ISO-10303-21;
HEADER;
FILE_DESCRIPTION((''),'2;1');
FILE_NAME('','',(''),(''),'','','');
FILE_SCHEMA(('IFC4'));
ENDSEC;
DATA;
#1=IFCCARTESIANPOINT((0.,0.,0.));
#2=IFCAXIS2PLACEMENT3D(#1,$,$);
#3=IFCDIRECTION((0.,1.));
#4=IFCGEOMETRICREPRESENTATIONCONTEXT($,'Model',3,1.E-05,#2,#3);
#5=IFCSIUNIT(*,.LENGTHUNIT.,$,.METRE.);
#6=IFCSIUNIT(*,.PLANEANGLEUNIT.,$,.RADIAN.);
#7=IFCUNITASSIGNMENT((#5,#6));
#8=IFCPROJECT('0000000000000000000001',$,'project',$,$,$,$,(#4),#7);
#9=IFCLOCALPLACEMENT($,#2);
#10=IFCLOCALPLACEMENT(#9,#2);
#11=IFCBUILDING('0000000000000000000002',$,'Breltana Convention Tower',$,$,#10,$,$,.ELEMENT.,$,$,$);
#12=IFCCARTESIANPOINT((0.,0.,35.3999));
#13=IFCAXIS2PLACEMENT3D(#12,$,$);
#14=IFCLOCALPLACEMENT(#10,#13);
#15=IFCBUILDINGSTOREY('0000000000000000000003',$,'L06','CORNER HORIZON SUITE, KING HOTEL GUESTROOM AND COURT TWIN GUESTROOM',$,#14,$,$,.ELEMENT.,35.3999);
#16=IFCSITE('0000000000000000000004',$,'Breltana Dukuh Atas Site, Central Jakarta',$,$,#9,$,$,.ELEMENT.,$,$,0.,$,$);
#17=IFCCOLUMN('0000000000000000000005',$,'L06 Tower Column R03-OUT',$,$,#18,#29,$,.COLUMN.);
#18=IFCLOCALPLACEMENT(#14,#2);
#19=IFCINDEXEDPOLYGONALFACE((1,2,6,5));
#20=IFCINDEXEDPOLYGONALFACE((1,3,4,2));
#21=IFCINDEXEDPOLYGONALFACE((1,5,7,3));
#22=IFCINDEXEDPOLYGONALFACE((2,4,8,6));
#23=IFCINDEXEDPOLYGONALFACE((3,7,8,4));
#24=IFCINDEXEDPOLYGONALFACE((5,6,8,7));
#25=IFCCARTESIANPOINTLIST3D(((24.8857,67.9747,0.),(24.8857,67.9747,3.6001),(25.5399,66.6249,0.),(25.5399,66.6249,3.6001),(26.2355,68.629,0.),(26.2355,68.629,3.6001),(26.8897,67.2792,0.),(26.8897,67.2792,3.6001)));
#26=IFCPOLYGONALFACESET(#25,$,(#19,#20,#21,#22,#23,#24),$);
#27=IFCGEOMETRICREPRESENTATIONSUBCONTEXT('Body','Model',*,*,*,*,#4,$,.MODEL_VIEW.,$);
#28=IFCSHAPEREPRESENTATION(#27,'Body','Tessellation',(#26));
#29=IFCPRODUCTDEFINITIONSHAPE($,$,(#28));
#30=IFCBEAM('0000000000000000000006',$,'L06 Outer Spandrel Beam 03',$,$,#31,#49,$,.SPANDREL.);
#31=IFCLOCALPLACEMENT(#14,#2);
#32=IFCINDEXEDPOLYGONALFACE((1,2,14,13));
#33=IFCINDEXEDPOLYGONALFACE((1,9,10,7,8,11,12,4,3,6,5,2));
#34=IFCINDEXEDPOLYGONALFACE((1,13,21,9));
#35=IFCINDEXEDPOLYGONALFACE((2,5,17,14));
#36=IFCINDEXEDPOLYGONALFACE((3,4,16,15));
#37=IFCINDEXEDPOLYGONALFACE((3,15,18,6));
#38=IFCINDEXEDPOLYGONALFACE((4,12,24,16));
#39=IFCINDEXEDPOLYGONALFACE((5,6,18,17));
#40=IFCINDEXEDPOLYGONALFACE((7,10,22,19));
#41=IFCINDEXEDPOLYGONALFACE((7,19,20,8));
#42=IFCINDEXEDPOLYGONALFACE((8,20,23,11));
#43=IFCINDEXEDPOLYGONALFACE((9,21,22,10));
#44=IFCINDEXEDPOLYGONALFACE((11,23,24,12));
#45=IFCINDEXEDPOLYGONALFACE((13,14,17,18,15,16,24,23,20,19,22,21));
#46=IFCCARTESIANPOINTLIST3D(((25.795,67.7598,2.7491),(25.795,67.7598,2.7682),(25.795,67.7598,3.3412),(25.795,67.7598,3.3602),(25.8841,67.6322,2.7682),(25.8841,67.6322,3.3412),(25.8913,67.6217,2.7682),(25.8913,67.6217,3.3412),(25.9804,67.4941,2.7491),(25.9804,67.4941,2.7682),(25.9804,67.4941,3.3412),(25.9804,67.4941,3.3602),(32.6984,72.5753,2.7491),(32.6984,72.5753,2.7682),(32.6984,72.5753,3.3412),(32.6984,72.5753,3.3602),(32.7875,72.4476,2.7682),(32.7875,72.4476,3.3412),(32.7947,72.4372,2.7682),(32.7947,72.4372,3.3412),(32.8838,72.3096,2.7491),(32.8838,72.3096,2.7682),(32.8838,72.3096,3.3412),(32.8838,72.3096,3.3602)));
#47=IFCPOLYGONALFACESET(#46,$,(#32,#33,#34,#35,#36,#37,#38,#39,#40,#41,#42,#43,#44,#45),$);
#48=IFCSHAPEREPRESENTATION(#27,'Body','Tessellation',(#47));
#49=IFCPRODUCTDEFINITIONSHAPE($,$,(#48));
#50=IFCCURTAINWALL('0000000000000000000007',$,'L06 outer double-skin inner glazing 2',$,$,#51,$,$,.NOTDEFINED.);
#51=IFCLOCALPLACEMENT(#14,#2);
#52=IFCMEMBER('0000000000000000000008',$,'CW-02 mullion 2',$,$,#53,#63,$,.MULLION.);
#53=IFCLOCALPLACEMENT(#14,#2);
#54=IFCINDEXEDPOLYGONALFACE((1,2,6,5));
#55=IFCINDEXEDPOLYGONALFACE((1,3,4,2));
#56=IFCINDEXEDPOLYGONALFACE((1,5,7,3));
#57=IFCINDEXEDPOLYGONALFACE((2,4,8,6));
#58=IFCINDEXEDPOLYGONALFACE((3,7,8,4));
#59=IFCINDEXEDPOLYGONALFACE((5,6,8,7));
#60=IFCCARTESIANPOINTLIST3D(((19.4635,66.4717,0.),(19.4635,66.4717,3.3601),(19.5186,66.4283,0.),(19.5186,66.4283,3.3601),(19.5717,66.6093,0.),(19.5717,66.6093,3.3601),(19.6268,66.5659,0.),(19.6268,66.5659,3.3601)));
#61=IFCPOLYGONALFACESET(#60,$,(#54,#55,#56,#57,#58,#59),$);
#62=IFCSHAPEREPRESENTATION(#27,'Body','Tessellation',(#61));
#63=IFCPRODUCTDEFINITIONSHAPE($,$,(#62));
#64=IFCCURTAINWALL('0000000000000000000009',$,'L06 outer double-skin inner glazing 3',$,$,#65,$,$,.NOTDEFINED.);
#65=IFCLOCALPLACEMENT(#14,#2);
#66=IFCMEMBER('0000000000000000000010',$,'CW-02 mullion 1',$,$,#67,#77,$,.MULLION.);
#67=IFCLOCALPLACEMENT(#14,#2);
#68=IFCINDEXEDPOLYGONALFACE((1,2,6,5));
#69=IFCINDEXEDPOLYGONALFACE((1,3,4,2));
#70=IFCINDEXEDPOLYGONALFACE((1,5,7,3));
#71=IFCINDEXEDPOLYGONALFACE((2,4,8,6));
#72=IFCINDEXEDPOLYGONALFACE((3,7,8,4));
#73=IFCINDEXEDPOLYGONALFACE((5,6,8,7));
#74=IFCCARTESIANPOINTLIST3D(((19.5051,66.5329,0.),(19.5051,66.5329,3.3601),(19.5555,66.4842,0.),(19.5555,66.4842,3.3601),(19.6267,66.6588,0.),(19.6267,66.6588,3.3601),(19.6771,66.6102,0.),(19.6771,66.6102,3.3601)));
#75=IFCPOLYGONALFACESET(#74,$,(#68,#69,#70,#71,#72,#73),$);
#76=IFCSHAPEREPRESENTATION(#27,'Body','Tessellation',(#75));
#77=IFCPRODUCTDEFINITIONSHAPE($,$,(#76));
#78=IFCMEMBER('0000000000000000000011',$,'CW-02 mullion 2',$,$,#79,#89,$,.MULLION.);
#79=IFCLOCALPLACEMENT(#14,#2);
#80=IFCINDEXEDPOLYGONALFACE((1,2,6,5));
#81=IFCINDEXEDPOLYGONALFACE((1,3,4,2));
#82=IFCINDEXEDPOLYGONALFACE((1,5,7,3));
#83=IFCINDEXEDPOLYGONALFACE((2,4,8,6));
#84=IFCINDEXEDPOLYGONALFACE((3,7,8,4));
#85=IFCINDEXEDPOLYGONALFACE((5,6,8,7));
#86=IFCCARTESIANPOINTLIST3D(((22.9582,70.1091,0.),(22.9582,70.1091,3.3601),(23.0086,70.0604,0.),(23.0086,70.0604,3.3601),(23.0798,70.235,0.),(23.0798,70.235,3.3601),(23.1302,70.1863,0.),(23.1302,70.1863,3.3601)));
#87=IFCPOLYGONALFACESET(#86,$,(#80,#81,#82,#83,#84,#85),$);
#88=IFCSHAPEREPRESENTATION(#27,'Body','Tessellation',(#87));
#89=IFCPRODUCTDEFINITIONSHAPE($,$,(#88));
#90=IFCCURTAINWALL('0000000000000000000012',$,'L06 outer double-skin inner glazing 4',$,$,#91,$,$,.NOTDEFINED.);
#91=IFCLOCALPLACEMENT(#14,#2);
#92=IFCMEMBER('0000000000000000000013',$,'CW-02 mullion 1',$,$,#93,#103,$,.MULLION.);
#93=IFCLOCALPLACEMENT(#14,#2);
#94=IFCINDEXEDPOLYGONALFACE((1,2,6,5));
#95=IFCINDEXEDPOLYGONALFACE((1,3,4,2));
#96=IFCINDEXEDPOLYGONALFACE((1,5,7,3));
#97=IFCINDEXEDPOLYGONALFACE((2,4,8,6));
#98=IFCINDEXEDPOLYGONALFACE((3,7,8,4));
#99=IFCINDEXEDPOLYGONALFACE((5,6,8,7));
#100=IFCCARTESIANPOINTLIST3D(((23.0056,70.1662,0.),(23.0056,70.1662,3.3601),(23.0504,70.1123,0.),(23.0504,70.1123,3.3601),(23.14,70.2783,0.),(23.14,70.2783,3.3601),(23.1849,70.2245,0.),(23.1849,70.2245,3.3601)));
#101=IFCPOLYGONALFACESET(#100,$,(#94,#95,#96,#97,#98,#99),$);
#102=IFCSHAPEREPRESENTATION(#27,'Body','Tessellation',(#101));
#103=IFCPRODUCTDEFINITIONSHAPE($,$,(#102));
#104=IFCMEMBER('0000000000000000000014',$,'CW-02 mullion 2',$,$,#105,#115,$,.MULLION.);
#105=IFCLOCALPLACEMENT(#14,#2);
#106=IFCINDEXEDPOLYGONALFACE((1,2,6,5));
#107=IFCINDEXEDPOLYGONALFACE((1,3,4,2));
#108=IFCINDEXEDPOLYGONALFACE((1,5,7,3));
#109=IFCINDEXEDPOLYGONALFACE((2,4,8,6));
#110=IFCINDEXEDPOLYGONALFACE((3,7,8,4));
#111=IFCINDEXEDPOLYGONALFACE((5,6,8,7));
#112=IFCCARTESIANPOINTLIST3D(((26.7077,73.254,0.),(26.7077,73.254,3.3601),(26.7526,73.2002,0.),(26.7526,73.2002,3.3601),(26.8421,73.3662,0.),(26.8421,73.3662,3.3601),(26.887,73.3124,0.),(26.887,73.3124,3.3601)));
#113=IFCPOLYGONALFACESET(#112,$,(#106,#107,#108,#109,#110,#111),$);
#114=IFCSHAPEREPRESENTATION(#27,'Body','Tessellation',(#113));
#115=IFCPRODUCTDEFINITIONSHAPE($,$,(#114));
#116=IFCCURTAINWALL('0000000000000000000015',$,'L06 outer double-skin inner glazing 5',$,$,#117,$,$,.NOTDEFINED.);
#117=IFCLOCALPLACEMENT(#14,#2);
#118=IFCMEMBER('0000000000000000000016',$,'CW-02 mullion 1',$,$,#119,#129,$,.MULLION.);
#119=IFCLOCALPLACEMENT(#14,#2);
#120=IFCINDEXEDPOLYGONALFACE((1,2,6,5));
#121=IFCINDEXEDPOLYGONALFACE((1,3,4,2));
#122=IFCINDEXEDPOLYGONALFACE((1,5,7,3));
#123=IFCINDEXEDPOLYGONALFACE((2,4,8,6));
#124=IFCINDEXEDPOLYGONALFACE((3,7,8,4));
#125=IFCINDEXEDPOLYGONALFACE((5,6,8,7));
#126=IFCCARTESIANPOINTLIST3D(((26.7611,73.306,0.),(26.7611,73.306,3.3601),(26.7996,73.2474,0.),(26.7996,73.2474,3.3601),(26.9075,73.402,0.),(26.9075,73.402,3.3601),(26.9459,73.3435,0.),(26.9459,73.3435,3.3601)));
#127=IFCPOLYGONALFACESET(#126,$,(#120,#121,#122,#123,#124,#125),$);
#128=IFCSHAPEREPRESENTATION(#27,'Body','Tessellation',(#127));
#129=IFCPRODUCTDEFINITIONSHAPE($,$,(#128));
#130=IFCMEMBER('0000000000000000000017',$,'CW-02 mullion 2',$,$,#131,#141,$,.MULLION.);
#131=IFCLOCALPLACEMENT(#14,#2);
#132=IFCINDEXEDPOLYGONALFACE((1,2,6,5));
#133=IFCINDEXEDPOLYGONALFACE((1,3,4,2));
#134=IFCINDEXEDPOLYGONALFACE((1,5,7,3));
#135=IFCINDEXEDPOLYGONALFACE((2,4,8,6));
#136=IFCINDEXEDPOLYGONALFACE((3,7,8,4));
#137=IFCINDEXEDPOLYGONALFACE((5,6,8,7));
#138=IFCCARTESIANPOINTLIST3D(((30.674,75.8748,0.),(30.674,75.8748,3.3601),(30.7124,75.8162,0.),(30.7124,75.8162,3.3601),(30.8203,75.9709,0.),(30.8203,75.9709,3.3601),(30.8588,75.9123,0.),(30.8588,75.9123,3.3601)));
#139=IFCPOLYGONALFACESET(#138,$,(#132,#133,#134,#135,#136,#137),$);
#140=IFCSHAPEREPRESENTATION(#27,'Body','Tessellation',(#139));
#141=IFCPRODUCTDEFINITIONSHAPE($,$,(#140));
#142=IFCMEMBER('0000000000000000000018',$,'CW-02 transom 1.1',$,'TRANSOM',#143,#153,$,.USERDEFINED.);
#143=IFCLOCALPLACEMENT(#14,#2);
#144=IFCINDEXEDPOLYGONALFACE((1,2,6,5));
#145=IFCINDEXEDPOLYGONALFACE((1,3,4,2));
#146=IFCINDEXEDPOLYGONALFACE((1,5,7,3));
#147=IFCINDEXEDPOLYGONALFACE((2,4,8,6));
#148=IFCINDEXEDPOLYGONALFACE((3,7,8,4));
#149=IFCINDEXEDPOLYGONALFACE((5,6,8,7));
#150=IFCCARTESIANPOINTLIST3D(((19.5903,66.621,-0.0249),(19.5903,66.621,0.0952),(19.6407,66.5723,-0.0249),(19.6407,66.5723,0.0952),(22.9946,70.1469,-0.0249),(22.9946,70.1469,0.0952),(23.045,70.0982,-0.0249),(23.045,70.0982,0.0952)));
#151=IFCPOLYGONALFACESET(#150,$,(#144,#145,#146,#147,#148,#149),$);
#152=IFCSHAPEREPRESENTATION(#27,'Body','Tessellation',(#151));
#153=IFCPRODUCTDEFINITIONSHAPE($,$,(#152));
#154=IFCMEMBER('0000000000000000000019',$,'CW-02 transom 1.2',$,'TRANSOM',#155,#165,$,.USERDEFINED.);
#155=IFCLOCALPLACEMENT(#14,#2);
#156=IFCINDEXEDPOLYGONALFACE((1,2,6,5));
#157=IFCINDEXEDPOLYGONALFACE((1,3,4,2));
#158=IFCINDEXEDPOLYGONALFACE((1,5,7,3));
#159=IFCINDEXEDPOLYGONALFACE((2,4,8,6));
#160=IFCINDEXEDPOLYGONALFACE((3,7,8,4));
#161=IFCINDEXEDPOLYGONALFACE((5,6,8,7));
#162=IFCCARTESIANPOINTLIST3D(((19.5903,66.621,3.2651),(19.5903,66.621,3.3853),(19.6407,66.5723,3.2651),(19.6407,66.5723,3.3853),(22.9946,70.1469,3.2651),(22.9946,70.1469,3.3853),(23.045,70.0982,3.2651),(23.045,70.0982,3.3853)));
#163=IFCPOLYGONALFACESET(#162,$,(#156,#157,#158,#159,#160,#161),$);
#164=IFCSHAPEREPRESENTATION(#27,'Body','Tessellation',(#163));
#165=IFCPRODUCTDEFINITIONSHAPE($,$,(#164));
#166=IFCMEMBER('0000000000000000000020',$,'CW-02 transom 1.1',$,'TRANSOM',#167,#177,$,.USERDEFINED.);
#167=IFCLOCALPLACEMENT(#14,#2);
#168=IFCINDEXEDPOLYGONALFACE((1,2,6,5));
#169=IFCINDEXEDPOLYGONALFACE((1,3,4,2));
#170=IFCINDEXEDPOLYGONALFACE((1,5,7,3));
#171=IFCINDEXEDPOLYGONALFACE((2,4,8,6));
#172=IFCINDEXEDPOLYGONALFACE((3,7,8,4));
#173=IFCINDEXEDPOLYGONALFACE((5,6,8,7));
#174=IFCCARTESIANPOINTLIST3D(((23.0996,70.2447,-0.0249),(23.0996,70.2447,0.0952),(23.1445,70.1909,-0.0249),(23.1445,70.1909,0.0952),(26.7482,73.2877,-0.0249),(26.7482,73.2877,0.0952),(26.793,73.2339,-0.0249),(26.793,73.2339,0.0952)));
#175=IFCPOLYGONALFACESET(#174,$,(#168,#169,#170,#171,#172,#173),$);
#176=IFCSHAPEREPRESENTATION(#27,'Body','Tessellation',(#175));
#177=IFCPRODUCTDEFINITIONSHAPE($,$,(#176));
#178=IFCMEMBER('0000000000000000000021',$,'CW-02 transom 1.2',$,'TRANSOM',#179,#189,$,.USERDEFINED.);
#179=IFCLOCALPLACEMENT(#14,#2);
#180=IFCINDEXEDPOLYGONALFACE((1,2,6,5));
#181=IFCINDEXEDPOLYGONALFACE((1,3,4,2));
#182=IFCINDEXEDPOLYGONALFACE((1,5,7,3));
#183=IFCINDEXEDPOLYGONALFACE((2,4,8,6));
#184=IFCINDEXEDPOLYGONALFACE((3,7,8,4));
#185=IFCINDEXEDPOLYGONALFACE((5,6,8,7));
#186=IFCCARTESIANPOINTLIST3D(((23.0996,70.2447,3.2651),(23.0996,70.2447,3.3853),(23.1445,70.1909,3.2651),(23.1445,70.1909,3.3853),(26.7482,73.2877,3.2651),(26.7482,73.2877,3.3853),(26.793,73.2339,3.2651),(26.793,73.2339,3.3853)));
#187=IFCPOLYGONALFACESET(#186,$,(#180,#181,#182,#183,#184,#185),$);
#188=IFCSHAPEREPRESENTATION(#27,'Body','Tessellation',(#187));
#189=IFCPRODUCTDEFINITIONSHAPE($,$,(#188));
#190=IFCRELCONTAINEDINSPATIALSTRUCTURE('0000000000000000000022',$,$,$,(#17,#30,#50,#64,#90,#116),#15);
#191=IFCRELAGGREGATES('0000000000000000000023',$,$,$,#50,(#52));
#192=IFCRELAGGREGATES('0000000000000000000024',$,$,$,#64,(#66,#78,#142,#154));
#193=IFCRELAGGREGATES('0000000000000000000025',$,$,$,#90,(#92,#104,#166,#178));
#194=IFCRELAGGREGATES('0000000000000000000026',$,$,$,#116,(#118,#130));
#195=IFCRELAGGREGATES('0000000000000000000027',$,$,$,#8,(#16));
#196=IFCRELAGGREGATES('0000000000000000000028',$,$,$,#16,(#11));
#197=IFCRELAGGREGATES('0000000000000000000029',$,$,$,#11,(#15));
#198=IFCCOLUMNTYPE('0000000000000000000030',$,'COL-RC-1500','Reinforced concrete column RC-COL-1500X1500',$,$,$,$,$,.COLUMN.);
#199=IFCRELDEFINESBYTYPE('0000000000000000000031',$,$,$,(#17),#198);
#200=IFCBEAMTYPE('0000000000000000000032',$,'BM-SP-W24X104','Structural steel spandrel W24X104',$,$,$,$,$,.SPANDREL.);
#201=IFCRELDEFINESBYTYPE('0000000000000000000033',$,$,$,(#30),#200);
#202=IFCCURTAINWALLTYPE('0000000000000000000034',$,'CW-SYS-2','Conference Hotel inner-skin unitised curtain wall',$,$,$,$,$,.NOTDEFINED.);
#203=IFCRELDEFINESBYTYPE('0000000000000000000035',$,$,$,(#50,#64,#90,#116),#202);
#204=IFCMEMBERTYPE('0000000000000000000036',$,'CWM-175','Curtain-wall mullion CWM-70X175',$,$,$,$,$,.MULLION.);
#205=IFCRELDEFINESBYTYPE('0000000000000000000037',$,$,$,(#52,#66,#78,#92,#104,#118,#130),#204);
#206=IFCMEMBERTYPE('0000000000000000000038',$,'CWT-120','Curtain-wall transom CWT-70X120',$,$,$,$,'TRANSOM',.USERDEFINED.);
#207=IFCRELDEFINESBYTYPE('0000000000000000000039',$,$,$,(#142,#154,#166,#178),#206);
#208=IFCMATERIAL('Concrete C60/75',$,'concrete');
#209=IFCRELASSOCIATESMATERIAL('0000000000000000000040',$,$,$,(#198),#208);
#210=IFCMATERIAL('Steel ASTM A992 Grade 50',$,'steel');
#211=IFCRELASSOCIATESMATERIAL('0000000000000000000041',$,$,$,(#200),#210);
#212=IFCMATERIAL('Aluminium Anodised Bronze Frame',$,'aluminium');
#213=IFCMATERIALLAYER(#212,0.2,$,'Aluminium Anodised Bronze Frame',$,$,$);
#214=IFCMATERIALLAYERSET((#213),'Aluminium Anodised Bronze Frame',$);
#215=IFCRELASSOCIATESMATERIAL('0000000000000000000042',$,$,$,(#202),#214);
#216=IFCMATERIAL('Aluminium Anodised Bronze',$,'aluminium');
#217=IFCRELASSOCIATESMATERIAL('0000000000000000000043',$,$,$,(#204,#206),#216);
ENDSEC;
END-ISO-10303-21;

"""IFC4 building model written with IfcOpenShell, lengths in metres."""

from ifc_helpers import new_model, si_unit, direction, frame, origin, origin_2d, place, context, subcontext, project, spatial, rectangle, i_section, extrude, source, transform, mapped, material, layer, layer_set, material_profile, profile_set, type_object, type_shapes, element, aggregate, save


model = new_model("IFC4")

# Units and contexts
model_context = context("Model", 3, precision=1e-05, world=origin(), true_north=direction((0.0, 1.0)))
body_context = subcontext(model_context, "Body", "Model", "MODEL_VIEW")
ifc_project = project(units=[si_unit("LENGTHUNIT", "METRE"), si_unit("PLANEANGLEUNIT", "RADIAN")], contexts=[model_context])

# Site, building, storey
site_placement = place(None, origin())
site = spatial("IfcSite", under=ifc_project, at=site_placement, Name="Breltana Dukuh Atas Site, Central Jakarta", CompositionType="ELEMENT", RefElevation=0.0)
building_placement = place(site_placement, origin())
building = spatial("IfcBuilding", under=site, at=building_placement, Name="Breltana Convention Tower", CompositionType="ELEMENT")
storey_placement = place(building_placement, frame((0.0, 0.0, 35.3999)))
storey = spatial("IfcBuildingStorey", under=building, at=storey_placement, Name="L06", Description="CORNER HORIZON SUITE, KING HOTEL GUESTROOM AND COURT TWIN GUESTROOM", CompositionType="ELEMENT", Elevation=35.3999)

# Column
ifc_material_1 = material(Name="Concrete C60/75", Category="concrete")
ifc_material_profile_1 = material_profile(ifc_material_1, rectangle(XDim=1.5, YDim=1.5, at=origin_2d()), Name="RC-COL-1500X1500")
ifc_profile_set_1 = profile_set([ifc_material_profile_1], Name="Concrete C60/75")
column_type = type_object("IfcColumnType", Name="COL-RC-1500", Description="Reinforced concrete column RC-COL-1500X1500", PredefinedType="COLUMN", material=ifc_profile_set_1)
shared_shape_1 = source(origin(), body_context, "Body", "SweptSolid", [
    extrude(rectangle(XDim=1.5, YDim=1.5, at=origin_2d()), origin(), (0.0, 0.0, 1.0), 3.6001),
])
column_placement = place(storey_placement, frame((25.8877, 67.627, 0.0), z_axis=(0.0, 0.0, 1.0), x_axis=(-0.436174, 0.899863, 0.0)))
element("IfcColumn", 1, at=column_placement, inside=storey, type_object=column_type, Name="L06 Tower Column R03-OUT", PredefinedType="COLUMN", context=body_context, shape_type="MappedRepresentation", body=[
    mapped(shared_shape_1, transform((0.0, 0.0, 0.0), scale=1.0)),
])

# Beam
ifc_material_2 = material(Name="Steel ASTM A992 Grade 50", Category="steel")
ifc_material_profile_2 = material_profile(ifc_material_2, i_section(OverallWidth=0.324, OverallDepth=0.6111, WebThickness=0.0127, FlangeThickness=0.019, at=origin_2d()), Name="W24X104")
ifc_profile_set_2 = profile_set([ifc_material_profile_2], Name="Steel ASTM A992 Grade 50")
beam_type = type_object("IfcBeamType", Name="BM-SP-W24X104", Description="Structural steel spandrel W24X104", PredefinedType="SPANDREL", material=ifc_profile_set_2)
shared_shape_2 = source(origin(), body_context, "Body", "SweptSolid", [
    extrude(i_section(OverallWidth=0.324, OverallDepth=0.6111, WebThickness=0.0127, FlangeThickness=0.019, at=origin_2d()), origin(), (0.0, 0.0, 1.0), 8.417),
])
beam_placement = place(storey_placement, frame((25.8877, 67.627, 3.0547), z_axis=(0.820174, 0.572114, 0.0), x_axis=(-0.572114, 0.820174, 0.0)))
element("IfcBeam", 2, at=beam_placement, inside=storey, type_object=beam_type, Name="L06 Outer Spandrel Beam 03", PredefinedType="SPANDREL", context=body_context, shape_type="MappedRepresentation", body=[
    mapped(shared_shape_2, transform((0.0, 0.0, 0.0), scale=1.0)),
])

# Curtain wall, member
ifc_material_3 = material(Name="Aluminium Anodised Bronze Frame", Category="aluminium")
ifc_layer_1 = layer(ifc_material_3, 0.2, Name="Aluminium Anodised Bronze Frame")
ifc_layer_set_1 = layer_set([ifc_layer_1], Name="Aluminium Anodised Bronze Frame")
curtain_wall_type = type_object("IfcCurtainWallType", Name="CW-SYS-2", Description="Conference Hotel inner-skin unitised curtain wall", PredefinedType="NOTDEFINED", material=ifc_layer_set_1)
curtain_wall_1_placement = place(storey_placement, origin())
curtain_wall_1 = element("IfcCurtainWall", 3, at=curtain_wall_1_placement, inside=storey, type_object=curtain_wall_type, Name="L06 outer double-skin inner glazing 2", PredefinedType="NOTDEFINED")
ifc_material_4 = material(Name="Aluminium Anodised Bronze", Category="aluminium")
ifc_material_profile_3 = material_profile(ifc_material_4, rectangle(XDim=0.0701, YDim=0.175, at=origin_2d()), Name="CWM-70X175")
ifc_profile_set_3 = profile_set([ifc_material_profile_3], Name="Aluminium Anodised Bronze")
member_type_1 = type_object("IfcMemberType", Name="CWM-175", Description="Curtain-wall mullion CWM-70X175", PredefinedType="MULLION", material=ifc_profile_set_3)
shared_shape_3 = source(origin(), body_context, "Body", "SweptSolid", [
    extrude(rectangle(XDim=0.0701, YDim=0.175, at=origin_2d()), origin(), (0.0, 0.0, 1.0), 3.3601),
])
type_shapes(member_type_1, [shared_shape_3])
member_1_placement = place(storey_placement, frame((19.5452, 66.5188, 0.0), z_axis=(0.0, 0.0, 1.0), x_axis=(-0.786057, 0.618154, 0.0)))
member_1 = element("IfcMember", 4, at=member_1_placement, type_object=member_type_1, Name="CW-02 mullion 2", PredefinedType="MULLION", context=body_context, shape_type="MappedRepresentation", body=[
    mapped(shared_shape_3, transform((0.0, 0.0, 0.0), scale=1.0)),
])

# Curtain walls, members
curtain_wall_2_placement = place(storey_placement, origin())
curtain_wall_2 = element("IfcCurtainWall", 5, at=curtain_wall_2_placement, inside=storey, type_object=curtain_wall_type, Name="L06 outer double-skin inner glazing 3", PredefinedType="NOTDEFINED")
member_2_placement = place(storey_placement, frame((19.5911, 66.5715, 0.0), z_axis=(0.0, 0.0, 1.0), x_axis=(-0.719386, 0.69461, 0.0)))
member_2 = element("IfcMember", 6, at=member_2_placement, type_object=member_type_1, Name="CW-02 mullion 1", PredefinedType="MULLION", context=body_context, shape_type="MappedRepresentation", body=[
    mapped(shared_shape_3, transform((0.0, 0.0, 0.0), scale=1.0)),
])
member_3_placement = place(storey_placement, frame((23.0442, 70.1477, 0.0), z_axis=(0.0, 0.0, 1.0), x_axis=(-0.719386, 0.69461, 0.0)))
member_3 = element("IfcMember", 7, at=member_3_placement, type_object=member_type_1, Name="CW-02 mullion 2", PredefinedType="MULLION", context=body_context, shape_type="MappedRepresentation", body=[
    mapped(shared_shape_3, transform((0.0, 0.0, 0.0), scale=1.0)),
])
curtain_wall_3_placement = place(storey_placement, origin())
curtain_wall_3 = element("IfcCurtainWall", 8, at=curtain_wall_3_placement, inside=storey, type_object=curtain_wall_type, Name="L06 outer double-skin inner glazing 4", PredefinedType="NOTDEFINED")
member_4_placement = place(storey_placement, frame((23.0952, 70.1953, 0.0), z_axis=(0.0, 0.0, 1.0), x_axis=(-0.64052, 0.767941, 0.0)))
member_4 = element("IfcMember", 9, at=member_4_placement, type_object=member_type_1, Name="CW-02 mullion 1", PredefinedType="MULLION", context=body_context, shape_type="MappedRepresentation", body=[
    mapped(shared_shape_3, transform((0.0, 0.0, 0.0), scale=1.0)),
])
member_5_placement = place(storey_placement, frame((26.7974, 73.2832, 0.0), z_axis=(0.0, 0.0, 1.0), x_axis=(-0.64052, 0.767941, 0.0)))
member_5 = element("IfcMember", 10, at=member_5_placement, type_object=member_type_1, Name="CW-02 mullion 2", PredefinedType="MULLION", context=body_context, shape_type="MappedRepresentation", body=[
    mapped(shared_shape_3, transform((0.0, 0.0, 0.0), scale=1.0)),
])
curtain_wall_4_placement = place(storey_placement, origin())
curtain_wall_4 = element("IfcCurtainWall", 11, at=curtain_wall_4_placement, inside=storey, type_object=curtain_wall_type, Name="L06 outer double-skin inner glazing 5", PredefinedType="NOTDEFINED")
member_6_placement = place(storey_placement, frame((26.8535, 73.3247, 0.0), z_axis=(0.0, 0.0, 1.0), x_axis=(-0.548784, 0.835964, 0.0)))
member_6 = element("IfcMember", 12, at=member_6_placement, type_object=member_type_1, Name="CW-02 mullion 1", PredefinedType="MULLION", context=body_context, shape_type="MappedRepresentation", body=[
    mapped(shared_shape_3, transform((0.0, 0.0, 0.0), scale=1.0)),
])
member_7_placement = place(storey_placement, frame((30.7664, 75.8936, 0.0), z_axis=(0.0, 0.0, 1.0), x_axis=(-0.548784, 0.835964, 0.0)))
member_7 = element("IfcMember", 13, at=member_7_placement, type_object=member_type_1, Name="CW-02 mullion 2", PredefinedType="MULLION", context=body_context, shape_type="MappedRepresentation", body=[
    mapped(shared_shape_3, transform((0.0, 0.0, 0.0), scale=1.0)),
])

# Members
ifc_material_profile_4 = material_profile(ifc_material_4, rectangle(XDim=0.0701, YDim=0.1201, at=origin_2d()), Name="CWT-70X120")
ifc_profile_set_4 = profile_set([ifc_material_profile_4], Name="Aluminium Anodised Bronze")
member_type_2 = type_object("IfcMemberType", Name="CWT-120", Description="Curtain-wall transom CWT-70X120", ElementType="TRANSOM", PredefinedType="USERDEFINED", material=ifc_profile_set_4)
shared_shape_4 = source(origin(), body_context, "Body", "SweptSolid", [
    extrude(rectangle(XDim=0.0701, YDim=0.1201, at=origin_2d()), origin(), (0.0, 0.0, 1.0), 4.9011),
])
member_8_placement = place(storey_placement, frame((19.6155, 66.5967, 0.0352), z_axis=(0.694595, 0.719401, 0.0), x_axis=(-0.719401, 0.694595, 0.0)))
member_8 = element("IfcMember", 14, at=member_8_placement, type_object=member_type_2, Name="CW-02 transom 1.1", ObjectType="TRANSOM", PredefinedType="USERDEFINED", context=body_context, shape_type="MappedRepresentation", body=[
    mapped(shared_shape_4, transform((0.0, 0.0, 0.0), scale=1.0)),
])
member_9_placement = place(storey_placement, frame((19.6155, 66.5967, 3.3252), z_axis=(0.694595, 0.719401, 0.0), x_axis=(-0.719401, 0.694595, 0.0)))
member_9 = element("IfcMember", 15, at=member_9_placement, type_object=member_type_2, Name="CW-02 transom 1.2", ObjectType="TRANSOM", PredefinedType="USERDEFINED", context=body_context, shape_type="MappedRepresentation", body=[
    mapped(shared_shape_4, transform((0.0, 0.0, 0.0), scale=1.0)),
])
shared_shape_5 = source(origin(), body_context, "Body", "SweptSolid", [
    extrude(rectangle(XDim=0.0701, YDim=0.1201, at=origin_2d()), origin(), (0.0, 0.0, 1.0), 4.751),
])
member_10_placement = place(storey_placement, frame((23.1221, 70.2178, 0.0352), z_axis=(0.767952, 0.640508, 0.0), x_axis=(-0.640508, 0.767952, 0.0)))
member_10 = element("IfcMember", 16, at=member_10_placement, type_object=member_type_2, Name="CW-02 transom 1.1", ObjectType="TRANSOM", PredefinedType="USERDEFINED", context=body_context, shape_type="MappedRepresentation", body=[
    mapped(shared_shape_5, transform((0.0, 0.0, 0.0), scale=1.0)),
])
member_11_placement = place(storey_placement, frame((23.1221, 70.2178, 3.3252), z_axis=(0.767952, 0.640508, 0.0), x_axis=(-0.640508, 0.767952, 0.0)))
member_11 = element("IfcMember", 17, at=member_11_placement, type_object=member_type_2, Name="CW-02 transom 1.2", ObjectType="TRANSOM", PredefinedType="USERDEFINED", context=body_context, shape_type="MappedRepresentation", body=[
    mapped(shared_shape_5, transform((0.0, 0.0, 0.0), scale=1.0)),
])

aggregate(curtain_wall_1, [member_1])
aggregate(curtain_wall_2, [member_2, member_3, member_8, member_9])
aggregate(curtain_wall_3, [member_4, member_5, member_10, member_11])
aggregate(curtain_wall_4, [member_6, member_7])

save(model, "model.ifc")
